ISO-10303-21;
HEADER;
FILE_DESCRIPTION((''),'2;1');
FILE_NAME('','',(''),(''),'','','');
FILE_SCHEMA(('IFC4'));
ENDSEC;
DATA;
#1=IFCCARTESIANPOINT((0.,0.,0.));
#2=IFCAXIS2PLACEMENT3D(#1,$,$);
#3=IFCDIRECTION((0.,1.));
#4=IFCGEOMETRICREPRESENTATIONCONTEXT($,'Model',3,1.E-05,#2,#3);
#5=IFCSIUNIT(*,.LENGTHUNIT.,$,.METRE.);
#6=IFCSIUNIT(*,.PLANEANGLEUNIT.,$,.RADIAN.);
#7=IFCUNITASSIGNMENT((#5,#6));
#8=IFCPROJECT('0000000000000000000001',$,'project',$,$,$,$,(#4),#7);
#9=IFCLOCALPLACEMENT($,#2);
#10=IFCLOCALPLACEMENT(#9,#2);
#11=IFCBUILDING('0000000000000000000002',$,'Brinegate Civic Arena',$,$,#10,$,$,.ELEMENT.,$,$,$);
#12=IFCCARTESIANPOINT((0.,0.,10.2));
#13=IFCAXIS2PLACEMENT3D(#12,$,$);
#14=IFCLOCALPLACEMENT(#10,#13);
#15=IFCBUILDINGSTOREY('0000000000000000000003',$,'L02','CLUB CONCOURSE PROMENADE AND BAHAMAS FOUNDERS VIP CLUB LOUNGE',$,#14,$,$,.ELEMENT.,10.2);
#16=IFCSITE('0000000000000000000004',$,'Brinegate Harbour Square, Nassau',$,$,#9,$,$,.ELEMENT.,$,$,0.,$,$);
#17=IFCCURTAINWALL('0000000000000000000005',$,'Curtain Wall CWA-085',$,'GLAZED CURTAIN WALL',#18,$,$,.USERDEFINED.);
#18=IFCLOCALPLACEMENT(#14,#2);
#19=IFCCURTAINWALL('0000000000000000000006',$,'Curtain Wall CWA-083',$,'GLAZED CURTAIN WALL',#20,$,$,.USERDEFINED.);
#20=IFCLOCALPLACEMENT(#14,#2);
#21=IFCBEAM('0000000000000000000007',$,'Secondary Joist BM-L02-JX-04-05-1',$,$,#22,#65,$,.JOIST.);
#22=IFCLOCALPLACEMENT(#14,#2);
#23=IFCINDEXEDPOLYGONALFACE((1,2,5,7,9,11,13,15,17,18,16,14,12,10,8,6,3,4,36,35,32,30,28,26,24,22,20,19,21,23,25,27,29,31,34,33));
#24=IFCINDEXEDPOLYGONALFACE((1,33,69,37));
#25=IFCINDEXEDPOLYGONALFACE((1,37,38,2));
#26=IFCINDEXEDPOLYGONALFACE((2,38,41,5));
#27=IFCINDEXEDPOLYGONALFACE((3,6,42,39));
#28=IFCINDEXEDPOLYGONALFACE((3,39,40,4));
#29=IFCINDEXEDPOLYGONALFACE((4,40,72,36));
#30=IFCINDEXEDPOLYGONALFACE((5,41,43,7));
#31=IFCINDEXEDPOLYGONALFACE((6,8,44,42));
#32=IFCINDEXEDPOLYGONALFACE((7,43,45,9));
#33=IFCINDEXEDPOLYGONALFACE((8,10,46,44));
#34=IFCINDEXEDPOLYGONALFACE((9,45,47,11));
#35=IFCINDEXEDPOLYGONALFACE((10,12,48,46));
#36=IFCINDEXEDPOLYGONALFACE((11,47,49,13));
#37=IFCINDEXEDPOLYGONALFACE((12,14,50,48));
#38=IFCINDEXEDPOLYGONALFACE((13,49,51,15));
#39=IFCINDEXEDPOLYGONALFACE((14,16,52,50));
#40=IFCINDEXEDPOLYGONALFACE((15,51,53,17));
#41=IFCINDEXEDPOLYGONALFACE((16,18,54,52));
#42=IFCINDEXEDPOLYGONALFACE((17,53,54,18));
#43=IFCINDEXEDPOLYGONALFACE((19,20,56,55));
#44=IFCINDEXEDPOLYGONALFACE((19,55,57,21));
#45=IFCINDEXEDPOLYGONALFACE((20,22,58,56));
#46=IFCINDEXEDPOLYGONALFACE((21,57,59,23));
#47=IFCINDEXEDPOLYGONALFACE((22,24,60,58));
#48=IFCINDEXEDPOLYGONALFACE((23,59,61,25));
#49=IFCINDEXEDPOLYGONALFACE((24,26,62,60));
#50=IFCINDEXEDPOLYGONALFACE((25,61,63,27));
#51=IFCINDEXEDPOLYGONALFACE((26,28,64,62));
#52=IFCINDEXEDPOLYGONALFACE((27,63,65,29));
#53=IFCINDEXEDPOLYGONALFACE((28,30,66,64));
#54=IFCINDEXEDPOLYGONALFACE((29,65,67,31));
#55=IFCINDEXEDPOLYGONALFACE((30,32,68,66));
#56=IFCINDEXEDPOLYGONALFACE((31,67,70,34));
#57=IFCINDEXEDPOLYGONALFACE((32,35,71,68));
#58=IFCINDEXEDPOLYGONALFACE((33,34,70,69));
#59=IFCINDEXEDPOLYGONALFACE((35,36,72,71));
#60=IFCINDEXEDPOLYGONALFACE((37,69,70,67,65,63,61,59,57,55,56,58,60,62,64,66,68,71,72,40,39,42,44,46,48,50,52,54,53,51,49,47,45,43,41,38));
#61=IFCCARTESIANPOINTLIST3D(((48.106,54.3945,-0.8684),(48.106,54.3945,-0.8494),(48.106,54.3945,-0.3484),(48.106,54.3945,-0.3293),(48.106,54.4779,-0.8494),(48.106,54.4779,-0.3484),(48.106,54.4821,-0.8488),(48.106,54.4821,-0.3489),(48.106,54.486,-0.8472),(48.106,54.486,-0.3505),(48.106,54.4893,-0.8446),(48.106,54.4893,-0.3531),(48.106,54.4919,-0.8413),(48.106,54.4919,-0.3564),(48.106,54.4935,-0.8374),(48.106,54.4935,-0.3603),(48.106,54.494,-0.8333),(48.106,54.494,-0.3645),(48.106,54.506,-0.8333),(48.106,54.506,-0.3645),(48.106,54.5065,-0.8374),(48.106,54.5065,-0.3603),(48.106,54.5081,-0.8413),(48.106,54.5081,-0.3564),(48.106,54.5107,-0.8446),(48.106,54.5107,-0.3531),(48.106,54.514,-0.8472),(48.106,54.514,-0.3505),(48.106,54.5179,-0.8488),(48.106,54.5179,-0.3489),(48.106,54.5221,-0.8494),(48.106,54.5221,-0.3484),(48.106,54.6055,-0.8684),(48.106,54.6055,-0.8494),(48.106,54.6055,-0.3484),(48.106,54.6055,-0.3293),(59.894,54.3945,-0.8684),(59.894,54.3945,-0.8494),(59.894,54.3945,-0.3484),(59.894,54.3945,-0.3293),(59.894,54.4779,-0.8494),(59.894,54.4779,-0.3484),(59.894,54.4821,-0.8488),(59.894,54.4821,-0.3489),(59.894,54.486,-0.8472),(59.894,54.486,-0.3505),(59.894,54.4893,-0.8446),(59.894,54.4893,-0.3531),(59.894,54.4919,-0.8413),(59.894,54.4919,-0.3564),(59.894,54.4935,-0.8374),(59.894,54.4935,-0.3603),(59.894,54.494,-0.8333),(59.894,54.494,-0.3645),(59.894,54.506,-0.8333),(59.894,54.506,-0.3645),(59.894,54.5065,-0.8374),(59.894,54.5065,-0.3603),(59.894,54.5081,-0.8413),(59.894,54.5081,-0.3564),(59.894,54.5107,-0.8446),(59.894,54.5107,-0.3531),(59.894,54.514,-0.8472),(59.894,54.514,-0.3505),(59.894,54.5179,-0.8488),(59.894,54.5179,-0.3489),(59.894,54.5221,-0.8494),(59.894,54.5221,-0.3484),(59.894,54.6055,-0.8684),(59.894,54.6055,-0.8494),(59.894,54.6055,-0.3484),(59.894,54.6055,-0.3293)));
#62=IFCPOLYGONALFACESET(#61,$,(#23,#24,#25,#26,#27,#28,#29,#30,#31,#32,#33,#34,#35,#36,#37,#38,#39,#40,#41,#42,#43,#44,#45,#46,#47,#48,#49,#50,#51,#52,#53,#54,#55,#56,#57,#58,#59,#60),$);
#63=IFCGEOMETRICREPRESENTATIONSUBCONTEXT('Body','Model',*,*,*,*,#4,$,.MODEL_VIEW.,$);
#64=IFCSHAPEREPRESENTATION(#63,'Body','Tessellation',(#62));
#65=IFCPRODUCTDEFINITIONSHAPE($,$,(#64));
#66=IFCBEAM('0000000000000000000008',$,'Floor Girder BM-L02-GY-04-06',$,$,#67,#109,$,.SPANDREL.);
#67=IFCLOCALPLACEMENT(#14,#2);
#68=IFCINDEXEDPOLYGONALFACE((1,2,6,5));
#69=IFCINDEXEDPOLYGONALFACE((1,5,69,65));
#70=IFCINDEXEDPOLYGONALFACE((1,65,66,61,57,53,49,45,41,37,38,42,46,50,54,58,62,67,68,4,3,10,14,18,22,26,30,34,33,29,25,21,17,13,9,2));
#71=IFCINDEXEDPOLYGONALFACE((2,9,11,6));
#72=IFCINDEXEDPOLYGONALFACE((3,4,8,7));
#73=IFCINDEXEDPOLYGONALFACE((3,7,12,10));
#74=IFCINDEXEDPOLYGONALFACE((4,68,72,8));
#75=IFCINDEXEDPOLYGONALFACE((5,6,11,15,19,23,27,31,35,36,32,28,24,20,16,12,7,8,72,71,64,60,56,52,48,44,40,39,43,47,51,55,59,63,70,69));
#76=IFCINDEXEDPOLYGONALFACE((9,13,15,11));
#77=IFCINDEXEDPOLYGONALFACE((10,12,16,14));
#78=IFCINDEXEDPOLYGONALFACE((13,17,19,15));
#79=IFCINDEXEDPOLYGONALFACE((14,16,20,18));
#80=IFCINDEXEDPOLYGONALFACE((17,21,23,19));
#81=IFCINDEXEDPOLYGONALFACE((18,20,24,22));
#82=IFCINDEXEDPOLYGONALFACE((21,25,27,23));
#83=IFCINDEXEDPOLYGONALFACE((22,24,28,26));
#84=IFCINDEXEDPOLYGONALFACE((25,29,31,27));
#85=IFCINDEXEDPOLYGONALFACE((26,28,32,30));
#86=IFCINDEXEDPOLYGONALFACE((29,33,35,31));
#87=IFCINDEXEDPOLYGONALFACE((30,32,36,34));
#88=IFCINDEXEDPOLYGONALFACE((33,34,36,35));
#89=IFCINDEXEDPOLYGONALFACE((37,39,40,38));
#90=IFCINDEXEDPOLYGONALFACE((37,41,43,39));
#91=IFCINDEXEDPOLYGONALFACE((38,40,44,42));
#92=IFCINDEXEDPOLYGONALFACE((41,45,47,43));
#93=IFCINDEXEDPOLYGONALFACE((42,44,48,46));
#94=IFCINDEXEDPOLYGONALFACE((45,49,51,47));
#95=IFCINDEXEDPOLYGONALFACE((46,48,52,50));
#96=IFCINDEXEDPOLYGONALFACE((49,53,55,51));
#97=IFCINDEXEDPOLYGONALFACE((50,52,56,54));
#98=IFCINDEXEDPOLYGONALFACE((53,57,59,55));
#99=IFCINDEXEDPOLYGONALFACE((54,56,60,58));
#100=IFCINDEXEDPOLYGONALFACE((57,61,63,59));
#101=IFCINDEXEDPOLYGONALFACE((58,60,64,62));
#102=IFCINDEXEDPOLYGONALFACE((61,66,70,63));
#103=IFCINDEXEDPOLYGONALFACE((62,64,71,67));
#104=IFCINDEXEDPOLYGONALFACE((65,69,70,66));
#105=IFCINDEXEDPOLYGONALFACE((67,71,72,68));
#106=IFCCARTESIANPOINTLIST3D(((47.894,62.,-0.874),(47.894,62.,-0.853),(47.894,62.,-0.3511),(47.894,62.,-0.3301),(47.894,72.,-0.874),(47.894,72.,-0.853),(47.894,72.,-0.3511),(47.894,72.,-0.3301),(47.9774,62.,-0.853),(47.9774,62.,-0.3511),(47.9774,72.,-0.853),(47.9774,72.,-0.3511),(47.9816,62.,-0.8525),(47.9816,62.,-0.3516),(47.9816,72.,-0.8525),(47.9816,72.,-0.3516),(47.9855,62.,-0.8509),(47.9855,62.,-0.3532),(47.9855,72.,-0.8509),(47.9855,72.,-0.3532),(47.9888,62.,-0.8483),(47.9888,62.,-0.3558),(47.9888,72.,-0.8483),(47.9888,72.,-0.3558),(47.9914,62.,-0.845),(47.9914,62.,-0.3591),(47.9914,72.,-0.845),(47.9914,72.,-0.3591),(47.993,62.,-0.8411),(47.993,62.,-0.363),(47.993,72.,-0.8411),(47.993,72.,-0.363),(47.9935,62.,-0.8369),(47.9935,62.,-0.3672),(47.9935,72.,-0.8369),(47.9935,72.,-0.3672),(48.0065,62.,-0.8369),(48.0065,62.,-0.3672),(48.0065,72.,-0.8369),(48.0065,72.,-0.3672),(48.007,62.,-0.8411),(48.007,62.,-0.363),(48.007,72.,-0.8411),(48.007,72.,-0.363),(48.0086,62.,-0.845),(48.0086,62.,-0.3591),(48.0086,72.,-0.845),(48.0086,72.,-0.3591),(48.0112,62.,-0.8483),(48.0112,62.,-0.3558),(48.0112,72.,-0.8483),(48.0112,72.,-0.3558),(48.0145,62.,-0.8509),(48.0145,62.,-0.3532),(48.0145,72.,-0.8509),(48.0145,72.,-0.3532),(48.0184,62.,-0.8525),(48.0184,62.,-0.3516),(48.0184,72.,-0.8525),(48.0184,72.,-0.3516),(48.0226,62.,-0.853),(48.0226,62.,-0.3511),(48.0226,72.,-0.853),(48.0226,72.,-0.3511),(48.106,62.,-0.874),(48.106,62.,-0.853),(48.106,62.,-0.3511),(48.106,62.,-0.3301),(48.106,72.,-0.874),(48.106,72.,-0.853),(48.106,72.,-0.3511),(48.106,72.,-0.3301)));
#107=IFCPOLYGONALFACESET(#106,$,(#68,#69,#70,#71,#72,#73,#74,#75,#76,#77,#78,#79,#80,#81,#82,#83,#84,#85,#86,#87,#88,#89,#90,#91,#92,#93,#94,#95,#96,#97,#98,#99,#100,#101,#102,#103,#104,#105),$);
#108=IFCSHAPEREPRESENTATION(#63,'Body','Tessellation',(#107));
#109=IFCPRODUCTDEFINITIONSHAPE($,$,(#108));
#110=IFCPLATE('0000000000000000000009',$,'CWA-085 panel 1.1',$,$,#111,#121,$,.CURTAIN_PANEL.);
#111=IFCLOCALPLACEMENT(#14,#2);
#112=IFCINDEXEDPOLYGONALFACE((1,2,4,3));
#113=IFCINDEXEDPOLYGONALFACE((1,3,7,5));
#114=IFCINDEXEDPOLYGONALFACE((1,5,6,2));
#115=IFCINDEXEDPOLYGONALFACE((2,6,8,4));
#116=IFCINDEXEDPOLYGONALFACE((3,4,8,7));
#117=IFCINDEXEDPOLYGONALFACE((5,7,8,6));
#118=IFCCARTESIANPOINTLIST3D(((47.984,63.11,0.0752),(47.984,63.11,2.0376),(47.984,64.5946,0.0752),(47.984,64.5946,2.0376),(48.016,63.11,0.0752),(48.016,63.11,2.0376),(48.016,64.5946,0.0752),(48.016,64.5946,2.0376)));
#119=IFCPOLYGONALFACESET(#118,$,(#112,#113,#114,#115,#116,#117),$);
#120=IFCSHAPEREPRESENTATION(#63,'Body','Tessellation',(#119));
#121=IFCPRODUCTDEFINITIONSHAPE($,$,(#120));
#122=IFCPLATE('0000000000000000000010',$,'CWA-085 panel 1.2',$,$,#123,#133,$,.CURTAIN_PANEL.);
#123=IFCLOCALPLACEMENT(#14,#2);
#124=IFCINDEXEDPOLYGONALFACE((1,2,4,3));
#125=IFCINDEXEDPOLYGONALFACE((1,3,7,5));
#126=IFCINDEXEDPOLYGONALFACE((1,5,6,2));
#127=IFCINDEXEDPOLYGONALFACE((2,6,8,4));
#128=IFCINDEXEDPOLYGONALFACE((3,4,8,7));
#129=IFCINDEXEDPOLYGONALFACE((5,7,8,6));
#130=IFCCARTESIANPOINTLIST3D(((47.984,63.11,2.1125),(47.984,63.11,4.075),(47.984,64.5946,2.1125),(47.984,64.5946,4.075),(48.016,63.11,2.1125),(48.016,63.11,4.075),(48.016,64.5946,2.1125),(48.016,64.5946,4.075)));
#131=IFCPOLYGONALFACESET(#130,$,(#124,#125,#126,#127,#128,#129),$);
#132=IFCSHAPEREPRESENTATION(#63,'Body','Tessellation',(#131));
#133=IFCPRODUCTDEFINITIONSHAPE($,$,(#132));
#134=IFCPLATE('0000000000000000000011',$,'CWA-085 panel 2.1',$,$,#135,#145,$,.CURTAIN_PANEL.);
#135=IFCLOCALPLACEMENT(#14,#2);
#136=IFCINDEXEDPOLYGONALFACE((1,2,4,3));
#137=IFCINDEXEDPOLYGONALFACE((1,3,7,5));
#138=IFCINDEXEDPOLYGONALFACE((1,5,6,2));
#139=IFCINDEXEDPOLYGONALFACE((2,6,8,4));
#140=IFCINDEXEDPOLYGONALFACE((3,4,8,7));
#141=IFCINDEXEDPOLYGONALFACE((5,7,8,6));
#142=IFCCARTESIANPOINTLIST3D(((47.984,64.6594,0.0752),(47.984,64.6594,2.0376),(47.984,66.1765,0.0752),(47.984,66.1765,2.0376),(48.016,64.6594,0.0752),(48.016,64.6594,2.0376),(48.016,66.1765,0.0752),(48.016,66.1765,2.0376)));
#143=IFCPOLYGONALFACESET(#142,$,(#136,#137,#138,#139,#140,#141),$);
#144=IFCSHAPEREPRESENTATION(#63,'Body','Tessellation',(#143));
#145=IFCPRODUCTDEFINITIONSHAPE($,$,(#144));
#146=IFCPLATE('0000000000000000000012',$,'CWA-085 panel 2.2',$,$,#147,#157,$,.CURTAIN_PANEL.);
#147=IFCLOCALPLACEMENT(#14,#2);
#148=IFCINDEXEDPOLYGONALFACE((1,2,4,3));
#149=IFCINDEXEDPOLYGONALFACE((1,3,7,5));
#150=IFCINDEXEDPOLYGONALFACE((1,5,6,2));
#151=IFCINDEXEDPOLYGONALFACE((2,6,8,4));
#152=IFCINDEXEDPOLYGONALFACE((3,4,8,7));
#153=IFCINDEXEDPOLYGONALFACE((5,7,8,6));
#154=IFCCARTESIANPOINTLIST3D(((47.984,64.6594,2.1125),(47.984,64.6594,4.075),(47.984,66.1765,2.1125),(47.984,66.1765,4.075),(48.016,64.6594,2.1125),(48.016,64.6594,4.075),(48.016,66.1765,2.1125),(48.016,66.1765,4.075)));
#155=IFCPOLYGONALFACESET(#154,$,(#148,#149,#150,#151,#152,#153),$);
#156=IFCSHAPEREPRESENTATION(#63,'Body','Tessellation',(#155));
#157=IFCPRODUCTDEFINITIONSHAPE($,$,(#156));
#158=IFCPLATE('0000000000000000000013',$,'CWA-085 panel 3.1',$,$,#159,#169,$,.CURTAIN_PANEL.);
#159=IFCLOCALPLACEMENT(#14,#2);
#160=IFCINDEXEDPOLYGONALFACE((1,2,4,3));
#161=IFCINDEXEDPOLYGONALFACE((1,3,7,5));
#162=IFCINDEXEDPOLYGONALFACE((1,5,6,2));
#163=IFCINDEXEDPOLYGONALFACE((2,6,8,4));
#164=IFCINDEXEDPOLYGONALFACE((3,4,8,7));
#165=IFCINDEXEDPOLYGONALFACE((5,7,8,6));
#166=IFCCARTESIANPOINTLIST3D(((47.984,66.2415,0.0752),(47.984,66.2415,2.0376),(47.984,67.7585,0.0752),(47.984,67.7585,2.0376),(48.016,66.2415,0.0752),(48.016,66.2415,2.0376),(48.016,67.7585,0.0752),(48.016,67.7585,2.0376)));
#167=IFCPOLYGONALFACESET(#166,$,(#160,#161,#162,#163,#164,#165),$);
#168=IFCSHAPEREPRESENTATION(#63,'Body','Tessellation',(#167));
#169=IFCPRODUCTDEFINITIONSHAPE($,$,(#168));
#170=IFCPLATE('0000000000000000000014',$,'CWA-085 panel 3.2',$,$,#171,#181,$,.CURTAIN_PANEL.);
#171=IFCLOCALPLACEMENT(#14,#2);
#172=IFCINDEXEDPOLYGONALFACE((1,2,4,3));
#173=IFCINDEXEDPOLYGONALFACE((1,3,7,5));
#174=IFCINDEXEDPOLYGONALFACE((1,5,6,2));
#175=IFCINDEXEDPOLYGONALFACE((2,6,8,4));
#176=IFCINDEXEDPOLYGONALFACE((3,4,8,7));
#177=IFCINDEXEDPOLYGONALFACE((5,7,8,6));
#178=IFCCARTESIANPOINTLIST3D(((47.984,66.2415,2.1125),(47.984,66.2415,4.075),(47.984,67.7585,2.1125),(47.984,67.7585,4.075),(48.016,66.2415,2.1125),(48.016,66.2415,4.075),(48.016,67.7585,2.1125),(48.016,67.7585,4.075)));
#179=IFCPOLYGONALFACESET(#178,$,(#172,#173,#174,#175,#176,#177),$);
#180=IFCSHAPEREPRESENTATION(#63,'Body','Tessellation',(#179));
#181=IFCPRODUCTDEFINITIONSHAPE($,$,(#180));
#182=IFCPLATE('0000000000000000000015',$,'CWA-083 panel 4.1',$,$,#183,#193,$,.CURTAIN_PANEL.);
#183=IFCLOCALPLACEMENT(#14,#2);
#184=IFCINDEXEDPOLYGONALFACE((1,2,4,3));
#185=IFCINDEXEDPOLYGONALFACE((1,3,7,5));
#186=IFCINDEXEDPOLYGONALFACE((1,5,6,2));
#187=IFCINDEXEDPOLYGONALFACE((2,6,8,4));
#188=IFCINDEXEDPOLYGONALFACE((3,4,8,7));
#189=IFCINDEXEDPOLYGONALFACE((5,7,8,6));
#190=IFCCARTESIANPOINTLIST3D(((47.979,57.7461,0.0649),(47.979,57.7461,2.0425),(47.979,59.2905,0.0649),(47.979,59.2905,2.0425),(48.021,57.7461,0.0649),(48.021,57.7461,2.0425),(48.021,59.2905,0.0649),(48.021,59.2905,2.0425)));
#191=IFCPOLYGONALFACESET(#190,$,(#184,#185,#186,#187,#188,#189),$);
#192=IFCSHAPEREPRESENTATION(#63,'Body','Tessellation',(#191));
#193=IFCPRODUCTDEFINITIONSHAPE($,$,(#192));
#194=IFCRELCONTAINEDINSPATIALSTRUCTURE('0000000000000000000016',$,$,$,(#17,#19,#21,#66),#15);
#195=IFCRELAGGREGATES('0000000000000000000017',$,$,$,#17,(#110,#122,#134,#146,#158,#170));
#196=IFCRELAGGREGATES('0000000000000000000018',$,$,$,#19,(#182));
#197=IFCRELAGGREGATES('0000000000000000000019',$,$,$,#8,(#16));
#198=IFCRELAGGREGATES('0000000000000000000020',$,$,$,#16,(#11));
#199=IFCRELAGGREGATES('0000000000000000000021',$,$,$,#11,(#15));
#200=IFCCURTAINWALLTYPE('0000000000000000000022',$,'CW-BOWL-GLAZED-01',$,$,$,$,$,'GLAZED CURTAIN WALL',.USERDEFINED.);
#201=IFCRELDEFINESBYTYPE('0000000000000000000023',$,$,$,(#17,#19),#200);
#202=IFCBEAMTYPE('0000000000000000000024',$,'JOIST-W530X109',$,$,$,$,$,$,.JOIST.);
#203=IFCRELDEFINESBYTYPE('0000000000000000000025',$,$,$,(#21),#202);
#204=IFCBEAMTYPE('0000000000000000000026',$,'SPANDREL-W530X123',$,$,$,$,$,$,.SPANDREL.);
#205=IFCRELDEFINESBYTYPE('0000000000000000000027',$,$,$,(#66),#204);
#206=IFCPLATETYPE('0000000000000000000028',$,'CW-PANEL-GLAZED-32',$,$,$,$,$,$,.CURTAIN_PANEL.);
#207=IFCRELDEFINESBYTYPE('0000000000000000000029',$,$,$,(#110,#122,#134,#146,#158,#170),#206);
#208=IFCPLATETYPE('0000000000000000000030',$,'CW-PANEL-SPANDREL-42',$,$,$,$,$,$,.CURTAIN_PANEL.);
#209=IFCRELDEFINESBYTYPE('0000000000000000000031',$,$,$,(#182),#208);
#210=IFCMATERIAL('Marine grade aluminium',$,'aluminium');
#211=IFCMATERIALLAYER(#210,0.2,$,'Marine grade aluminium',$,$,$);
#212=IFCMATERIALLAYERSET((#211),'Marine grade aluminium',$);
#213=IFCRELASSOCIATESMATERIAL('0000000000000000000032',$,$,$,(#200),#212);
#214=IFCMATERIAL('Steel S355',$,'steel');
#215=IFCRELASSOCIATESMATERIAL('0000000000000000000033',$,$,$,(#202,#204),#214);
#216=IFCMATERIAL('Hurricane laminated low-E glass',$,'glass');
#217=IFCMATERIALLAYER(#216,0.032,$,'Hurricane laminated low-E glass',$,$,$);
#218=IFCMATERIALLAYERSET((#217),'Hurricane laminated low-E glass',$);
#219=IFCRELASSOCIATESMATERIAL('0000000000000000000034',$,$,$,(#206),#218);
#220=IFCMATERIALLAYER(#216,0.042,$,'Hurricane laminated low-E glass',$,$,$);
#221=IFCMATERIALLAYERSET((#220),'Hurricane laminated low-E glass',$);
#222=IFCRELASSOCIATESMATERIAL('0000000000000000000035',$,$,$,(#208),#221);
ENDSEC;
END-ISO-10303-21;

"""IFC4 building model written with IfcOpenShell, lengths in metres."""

from ifc_helpers import new_model, si_unit, direction, frame, origin, origin_2d, place, context, subcontext, project, spatial, rectangle, i_section, extrude, material, layer, layer_set, material_profile, profile_set, type_object, element, aggregate, save


model = new_model("IFC4")

# Units and contexts
model_context = context("Model", 3, precision=1e-05, world=origin(), true_north=direction((0.0, 1.0)))
body_context = subcontext(model_context, "Body", "Model", "MODEL_VIEW")
ifc_project = project(units=[si_unit("LENGTHUNIT", "METRE"), si_unit("PLANEANGLEUNIT", "RADIAN")], contexts=[model_context])

# Site, building, storey
site_placement = place(None, origin())
site = spatial("IfcSite", under=ifc_project, at=site_placement, Name="Brinegate Harbour Square, Nassau", CompositionType="ELEMENT", RefElevation=0.0)
building_placement = place(site_placement, origin())
building = spatial("IfcBuilding", under=site, at=building_placement, Name="Brinegate Civic Arena", CompositionType="ELEMENT")
storey_placement = place(building_placement, frame((0.0, 0.0, 10.2)))
storey = spatial("IfcBuildingStorey", under=building, at=storey_placement, Name="L02", Description="CLUB CONCOURSE PROMENADE AND BAHAMAS FOUNDERS VIP CLUB LOUNGE", CompositionType="ELEMENT", Elevation=10.2)

# Curtain walls
ifc_material_1 = material(Name="Marine grade aluminium", Category="aluminium")
ifc_layer_1 = layer(ifc_material_1, 0.2, Name="Marine grade aluminium")
ifc_layer_set_1 = layer_set([ifc_layer_1], Name="Marine grade aluminium")
curtain_wall_type = type_object("IfcCurtainWallType", Name="CW-BOWL-GLAZED-01", ElementType="GLAZED CURTAIN WALL", PredefinedType="USERDEFINED", material=ifc_layer_set_1)
curtain_wall_1_placement = place(storey_placement, origin())
curtain_wall_1 = element("IfcCurtainWall", 1, at=curtain_wall_1_placement, inside=storey, type_object=curtain_wall_type, Name="Curtain Wall CWA-085", ObjectType="GLAZED CURTAIN WALL", PredefinedType="USERDEFINED")
curtain_wall_2_placement = place(storey_placement, origin())
curtain_wall_2 = element("IfcCurtainWall", 2, at=curtain_wall_2_placement, inside=storey, type_object=curtain_wall_type, Name="Curtain Wall CWA-083", ObjectType="GLAZED CURTAIN WALL", PredefinedType="USERDEFINED")

# Beams
ifc_material_2 = material(Name="Steel S355", Category="steel")
ifc_material_profile_1 = material_profile(ifc_material_2, i_section(OverallWidth=0.2109, OverallDepth=0.5391, WebThickness=0.012, FlangeThickness=0.019, FilletRadius=0.0161, at=origin_2d()), Name="W530X109")
ifc_profile_set_1 = profile_set([ifc_material_profile_1], Name="Steel S355")
beam_type_1 = type_object("IfcBeamType", Name="JOIST-W530X109", PredefinedType="JOIST", material=ifc_profile_set_1)
beam_1_placement = place(storey_placement, frame((48.106, 54.5, -0.5989), z_axis=(1.0, 0.0, 0.0), x_axis=(0.0, 1.0, 0.0)))
element("IfcBeam", 3, at=beam_1_placement, inside=storey, type_object=beam_type_1, Name="Secondary Joist BM-L02-JX-04-05-1", PredefinedType="JOIST", context=body_context, shape_type="SweptSolid", body=[
    extrude(i_section(OverallWidth=0.2109, OverallDepth=0.5391, WebThickness=0.012, FlangeThickness=0.019, FilletRadius=0.0161, at=origin_2d()), origin(), (0.0, 0.0, 1.0), 11.7881),
])
ifc_material_profile_2 = material_profile(ifc_material_2, i_section(OverallWidth=0.2119, OverallDepth=0.5439, WebThickness=0.0129, FlangeThickness=0.021, FilletRadius=0.0161, at=origin_2d()), Name="W530X123")
ifc_profile_set_2 = profile_set([ifc_material_profile_2], Name="Steel S355")
beam_type_2 = type_object("IfcBeamType", Name="SPANDREL-W530X123", PredefinedType="SPANDREL", material=ifc_profile_set_2)
beam_2_placement = place(storey_placement, frame((48.0, 62.0, -0.6021), z_axis=(0.0, 1.0, 0.0), x_axis=(-1.0, 0.0, 0.0)))
element("IfcBeam", 4, at=beam_2_placement, inside=storey, type_object=beam_type_2, Name="Floor Girder BM-L02-GY-04-06", PredefinedType="SPANDREL", context=body_context, shape_type="SweptSolid", body=[
    extrude(i_section(OverallWidth=0.2119, OverallDepth=0.5439, WebThickness=0.0129, FlangeThickness=0.021, FilletRadius=0.0161, at=origin_2d()), origin(), (0.0, 0.0, 1.0), 10.0),
])

# Plates
ifc_material_3 = material(Name="Hurricane laminated low-E glass", Category="glass")
ifc_layer_2 = layer(ifc_material_3, 0.032, Name="Hurricane laminated low-E glass")
ifc_layer_set_2 = layer_set([ifc_layer_2], Name="Hurricane laminated low-E glass")
plate_type_1 = type_object("IfcPlateType", Name="CW-PANEL-GLAZED-32", PredefinedType="CURTAIN_PANEL", material=ifc_layer_set_2)
plate_1_placement = place(storey_placement, frame((48.0, 63.8523, 0.0752), z_axis=(0.0, 0.0, 1.0), x_axis=(0.0, 1.0, 0.0)))
plate_1 = element("IfcPlate", 5, at=plate_1_placement, type_object=plate_type_1, Name="CWA-085 panel 1.1", PredefinedType="CURTAIN_PANEL", context=body_context, shape_type="SweptSolid", body=[
    extrude(rectangle(XDim=1.4846, YDim=0.032, at=origin_2d()), origin(), (0.0, 0.0, 1.0), 1.9624),
])
plate_2_placement = place(storey_placement, frame((48.0, 63.8523, 2.1125), z_axis=(0.0, 0.0, 1.0), x_axis=(0.0, 1.0, 0.0)))
plate_2 = element("IfcPlate", 6, at=plate_2_placement, type_object=plate_type_1, Name="CWA-085 panel 1.2", PredefinedType="CURTAIN_PANEL", context=body_context, shape_type="SweptSolid", body=[
    extrude(rectangle(XDim=1.4846, YDim=0.032, at=origin_2d()), origin(), (0.0, 0.0, 1.0), 1.9624),
])
plate_3_placement = place(storey_placement, frame((48.0, 65.418, 0.0752), z_axis=(0.0, 0.0, 1.0), x_axis=(0.0, 1.0, 0.0)))
plate_3 = element("IfcPlate", 7, at=plate_3_placement, type_object=plate_type_1, Name="CWA-085 panel 2.1", PredefinedType="CURTAIN_PANEL", context=body_context, shape_type="SweptSolid", body=[
    extrude(rectangle(XDim=1.5171, YDim=0.032, at=origin_2d()), origin(), (0.0, 0.0, 1.0), 1.9624),
])
plate_4_placement = place(storey_placement, frame((48.0, 65.418, 2.1125), z_axis=(0.0, 0.0, 1.0), x_axis=(0.0, 1.0, 0.0)))
plate_4 = element("IfcPlate", 8, at=plate_4_placement, type_object=plate_type_1, Name="CWA-085 panel 2.2", PredefinedType="CURTAIN_PANEL", context=body_context, shape_type="SweptSolid", body=[
    extrude(rectangle(XDim=1.5171, YDim=0.032, at=origin_2d()), origin(), (0.0, 0.0, 1.0), 1.9624),
])
plate_5_placement = place(storey_placement, frame((48.0, 67.0, 0.0752), z_axis=(0.0, 0.0, 1.0), x_axis=(0.0, 1.0, 0.0)))
plate_5 = element("IfcPlate", 9, at=plate_5_placement, type_object=plate_type_1, Name="CWA-085 panel 3.1", PredefinedType="CURTAIN_PANEL", context=body_context, shape_type="SweptSolid", body=[
    extrude(rectangle(XDim=1.5171, YDim=0.032, at=origin_2d()), origin(), (0.0, 0.0, 1.0), 1.9624),
])
plate_6_placement = place(storey_placement, frame((48.0, 67.0, 2.1125), z_axis=(0.0, 0.0, 1.0), x_axis=(0.0, 1.0, 0.0)))
plate_6 = element("IfcPlate", 10, at=plate_6_placement, type_object=plate_type_1, Name="CWA-085 panel 3.2", PredefinedType="CURTAIN_PANEL", context=body_context, shape_type="SweptSolid", body=[
    extrude(rectangle(XDim=1.5171, YDim=0.032, at=origin_2d()), origin(), (0.0, 0.0, 1.0), 1.9624),
])
aggregate(curtain_wall_1, [plate_1, plate_2, plate_3, plate_4, plate_5, plate_6])
ifc_layer_3 = layer(ifc_material_3, 0.042, Name="Hurricane laminated low-E glass")
ifc_layer_set_3 = layer_set([ifc_layer_3], Name="Hurricane laminated low-E glass")
plate_type_2 = type_object("IfcPlateType", Name="CW-PANEL-SPANDREL-42", PredefinedType="CURTAIN_PANEL", material=ifc_layer_set_3)
plate_7_placement = place(storey_placement, frame((48.0, 58.5183, 0.0649), z_axis=(0.0, 0.0, 1.0), x_axis=(0.0, 1.0, 0.0)))
plate_7 = element("IfcPlate", 11, at=plate_7_placement, type_object=plate_type_2, Name="CWA-083 panel 4.1", PredefinedType="CURTAIN_PANEL", context=body_context, shape_type="SweptSolid", body=[
    extrude(rectangle(XDim=1.5444, YDim=0.042, at=origin_2d()), origin(), (0.0, 0.0, 1.0), 1.9775),
])
aggregate(curtain_wall_2, [plate_7])

save(model, "model.ifc")
